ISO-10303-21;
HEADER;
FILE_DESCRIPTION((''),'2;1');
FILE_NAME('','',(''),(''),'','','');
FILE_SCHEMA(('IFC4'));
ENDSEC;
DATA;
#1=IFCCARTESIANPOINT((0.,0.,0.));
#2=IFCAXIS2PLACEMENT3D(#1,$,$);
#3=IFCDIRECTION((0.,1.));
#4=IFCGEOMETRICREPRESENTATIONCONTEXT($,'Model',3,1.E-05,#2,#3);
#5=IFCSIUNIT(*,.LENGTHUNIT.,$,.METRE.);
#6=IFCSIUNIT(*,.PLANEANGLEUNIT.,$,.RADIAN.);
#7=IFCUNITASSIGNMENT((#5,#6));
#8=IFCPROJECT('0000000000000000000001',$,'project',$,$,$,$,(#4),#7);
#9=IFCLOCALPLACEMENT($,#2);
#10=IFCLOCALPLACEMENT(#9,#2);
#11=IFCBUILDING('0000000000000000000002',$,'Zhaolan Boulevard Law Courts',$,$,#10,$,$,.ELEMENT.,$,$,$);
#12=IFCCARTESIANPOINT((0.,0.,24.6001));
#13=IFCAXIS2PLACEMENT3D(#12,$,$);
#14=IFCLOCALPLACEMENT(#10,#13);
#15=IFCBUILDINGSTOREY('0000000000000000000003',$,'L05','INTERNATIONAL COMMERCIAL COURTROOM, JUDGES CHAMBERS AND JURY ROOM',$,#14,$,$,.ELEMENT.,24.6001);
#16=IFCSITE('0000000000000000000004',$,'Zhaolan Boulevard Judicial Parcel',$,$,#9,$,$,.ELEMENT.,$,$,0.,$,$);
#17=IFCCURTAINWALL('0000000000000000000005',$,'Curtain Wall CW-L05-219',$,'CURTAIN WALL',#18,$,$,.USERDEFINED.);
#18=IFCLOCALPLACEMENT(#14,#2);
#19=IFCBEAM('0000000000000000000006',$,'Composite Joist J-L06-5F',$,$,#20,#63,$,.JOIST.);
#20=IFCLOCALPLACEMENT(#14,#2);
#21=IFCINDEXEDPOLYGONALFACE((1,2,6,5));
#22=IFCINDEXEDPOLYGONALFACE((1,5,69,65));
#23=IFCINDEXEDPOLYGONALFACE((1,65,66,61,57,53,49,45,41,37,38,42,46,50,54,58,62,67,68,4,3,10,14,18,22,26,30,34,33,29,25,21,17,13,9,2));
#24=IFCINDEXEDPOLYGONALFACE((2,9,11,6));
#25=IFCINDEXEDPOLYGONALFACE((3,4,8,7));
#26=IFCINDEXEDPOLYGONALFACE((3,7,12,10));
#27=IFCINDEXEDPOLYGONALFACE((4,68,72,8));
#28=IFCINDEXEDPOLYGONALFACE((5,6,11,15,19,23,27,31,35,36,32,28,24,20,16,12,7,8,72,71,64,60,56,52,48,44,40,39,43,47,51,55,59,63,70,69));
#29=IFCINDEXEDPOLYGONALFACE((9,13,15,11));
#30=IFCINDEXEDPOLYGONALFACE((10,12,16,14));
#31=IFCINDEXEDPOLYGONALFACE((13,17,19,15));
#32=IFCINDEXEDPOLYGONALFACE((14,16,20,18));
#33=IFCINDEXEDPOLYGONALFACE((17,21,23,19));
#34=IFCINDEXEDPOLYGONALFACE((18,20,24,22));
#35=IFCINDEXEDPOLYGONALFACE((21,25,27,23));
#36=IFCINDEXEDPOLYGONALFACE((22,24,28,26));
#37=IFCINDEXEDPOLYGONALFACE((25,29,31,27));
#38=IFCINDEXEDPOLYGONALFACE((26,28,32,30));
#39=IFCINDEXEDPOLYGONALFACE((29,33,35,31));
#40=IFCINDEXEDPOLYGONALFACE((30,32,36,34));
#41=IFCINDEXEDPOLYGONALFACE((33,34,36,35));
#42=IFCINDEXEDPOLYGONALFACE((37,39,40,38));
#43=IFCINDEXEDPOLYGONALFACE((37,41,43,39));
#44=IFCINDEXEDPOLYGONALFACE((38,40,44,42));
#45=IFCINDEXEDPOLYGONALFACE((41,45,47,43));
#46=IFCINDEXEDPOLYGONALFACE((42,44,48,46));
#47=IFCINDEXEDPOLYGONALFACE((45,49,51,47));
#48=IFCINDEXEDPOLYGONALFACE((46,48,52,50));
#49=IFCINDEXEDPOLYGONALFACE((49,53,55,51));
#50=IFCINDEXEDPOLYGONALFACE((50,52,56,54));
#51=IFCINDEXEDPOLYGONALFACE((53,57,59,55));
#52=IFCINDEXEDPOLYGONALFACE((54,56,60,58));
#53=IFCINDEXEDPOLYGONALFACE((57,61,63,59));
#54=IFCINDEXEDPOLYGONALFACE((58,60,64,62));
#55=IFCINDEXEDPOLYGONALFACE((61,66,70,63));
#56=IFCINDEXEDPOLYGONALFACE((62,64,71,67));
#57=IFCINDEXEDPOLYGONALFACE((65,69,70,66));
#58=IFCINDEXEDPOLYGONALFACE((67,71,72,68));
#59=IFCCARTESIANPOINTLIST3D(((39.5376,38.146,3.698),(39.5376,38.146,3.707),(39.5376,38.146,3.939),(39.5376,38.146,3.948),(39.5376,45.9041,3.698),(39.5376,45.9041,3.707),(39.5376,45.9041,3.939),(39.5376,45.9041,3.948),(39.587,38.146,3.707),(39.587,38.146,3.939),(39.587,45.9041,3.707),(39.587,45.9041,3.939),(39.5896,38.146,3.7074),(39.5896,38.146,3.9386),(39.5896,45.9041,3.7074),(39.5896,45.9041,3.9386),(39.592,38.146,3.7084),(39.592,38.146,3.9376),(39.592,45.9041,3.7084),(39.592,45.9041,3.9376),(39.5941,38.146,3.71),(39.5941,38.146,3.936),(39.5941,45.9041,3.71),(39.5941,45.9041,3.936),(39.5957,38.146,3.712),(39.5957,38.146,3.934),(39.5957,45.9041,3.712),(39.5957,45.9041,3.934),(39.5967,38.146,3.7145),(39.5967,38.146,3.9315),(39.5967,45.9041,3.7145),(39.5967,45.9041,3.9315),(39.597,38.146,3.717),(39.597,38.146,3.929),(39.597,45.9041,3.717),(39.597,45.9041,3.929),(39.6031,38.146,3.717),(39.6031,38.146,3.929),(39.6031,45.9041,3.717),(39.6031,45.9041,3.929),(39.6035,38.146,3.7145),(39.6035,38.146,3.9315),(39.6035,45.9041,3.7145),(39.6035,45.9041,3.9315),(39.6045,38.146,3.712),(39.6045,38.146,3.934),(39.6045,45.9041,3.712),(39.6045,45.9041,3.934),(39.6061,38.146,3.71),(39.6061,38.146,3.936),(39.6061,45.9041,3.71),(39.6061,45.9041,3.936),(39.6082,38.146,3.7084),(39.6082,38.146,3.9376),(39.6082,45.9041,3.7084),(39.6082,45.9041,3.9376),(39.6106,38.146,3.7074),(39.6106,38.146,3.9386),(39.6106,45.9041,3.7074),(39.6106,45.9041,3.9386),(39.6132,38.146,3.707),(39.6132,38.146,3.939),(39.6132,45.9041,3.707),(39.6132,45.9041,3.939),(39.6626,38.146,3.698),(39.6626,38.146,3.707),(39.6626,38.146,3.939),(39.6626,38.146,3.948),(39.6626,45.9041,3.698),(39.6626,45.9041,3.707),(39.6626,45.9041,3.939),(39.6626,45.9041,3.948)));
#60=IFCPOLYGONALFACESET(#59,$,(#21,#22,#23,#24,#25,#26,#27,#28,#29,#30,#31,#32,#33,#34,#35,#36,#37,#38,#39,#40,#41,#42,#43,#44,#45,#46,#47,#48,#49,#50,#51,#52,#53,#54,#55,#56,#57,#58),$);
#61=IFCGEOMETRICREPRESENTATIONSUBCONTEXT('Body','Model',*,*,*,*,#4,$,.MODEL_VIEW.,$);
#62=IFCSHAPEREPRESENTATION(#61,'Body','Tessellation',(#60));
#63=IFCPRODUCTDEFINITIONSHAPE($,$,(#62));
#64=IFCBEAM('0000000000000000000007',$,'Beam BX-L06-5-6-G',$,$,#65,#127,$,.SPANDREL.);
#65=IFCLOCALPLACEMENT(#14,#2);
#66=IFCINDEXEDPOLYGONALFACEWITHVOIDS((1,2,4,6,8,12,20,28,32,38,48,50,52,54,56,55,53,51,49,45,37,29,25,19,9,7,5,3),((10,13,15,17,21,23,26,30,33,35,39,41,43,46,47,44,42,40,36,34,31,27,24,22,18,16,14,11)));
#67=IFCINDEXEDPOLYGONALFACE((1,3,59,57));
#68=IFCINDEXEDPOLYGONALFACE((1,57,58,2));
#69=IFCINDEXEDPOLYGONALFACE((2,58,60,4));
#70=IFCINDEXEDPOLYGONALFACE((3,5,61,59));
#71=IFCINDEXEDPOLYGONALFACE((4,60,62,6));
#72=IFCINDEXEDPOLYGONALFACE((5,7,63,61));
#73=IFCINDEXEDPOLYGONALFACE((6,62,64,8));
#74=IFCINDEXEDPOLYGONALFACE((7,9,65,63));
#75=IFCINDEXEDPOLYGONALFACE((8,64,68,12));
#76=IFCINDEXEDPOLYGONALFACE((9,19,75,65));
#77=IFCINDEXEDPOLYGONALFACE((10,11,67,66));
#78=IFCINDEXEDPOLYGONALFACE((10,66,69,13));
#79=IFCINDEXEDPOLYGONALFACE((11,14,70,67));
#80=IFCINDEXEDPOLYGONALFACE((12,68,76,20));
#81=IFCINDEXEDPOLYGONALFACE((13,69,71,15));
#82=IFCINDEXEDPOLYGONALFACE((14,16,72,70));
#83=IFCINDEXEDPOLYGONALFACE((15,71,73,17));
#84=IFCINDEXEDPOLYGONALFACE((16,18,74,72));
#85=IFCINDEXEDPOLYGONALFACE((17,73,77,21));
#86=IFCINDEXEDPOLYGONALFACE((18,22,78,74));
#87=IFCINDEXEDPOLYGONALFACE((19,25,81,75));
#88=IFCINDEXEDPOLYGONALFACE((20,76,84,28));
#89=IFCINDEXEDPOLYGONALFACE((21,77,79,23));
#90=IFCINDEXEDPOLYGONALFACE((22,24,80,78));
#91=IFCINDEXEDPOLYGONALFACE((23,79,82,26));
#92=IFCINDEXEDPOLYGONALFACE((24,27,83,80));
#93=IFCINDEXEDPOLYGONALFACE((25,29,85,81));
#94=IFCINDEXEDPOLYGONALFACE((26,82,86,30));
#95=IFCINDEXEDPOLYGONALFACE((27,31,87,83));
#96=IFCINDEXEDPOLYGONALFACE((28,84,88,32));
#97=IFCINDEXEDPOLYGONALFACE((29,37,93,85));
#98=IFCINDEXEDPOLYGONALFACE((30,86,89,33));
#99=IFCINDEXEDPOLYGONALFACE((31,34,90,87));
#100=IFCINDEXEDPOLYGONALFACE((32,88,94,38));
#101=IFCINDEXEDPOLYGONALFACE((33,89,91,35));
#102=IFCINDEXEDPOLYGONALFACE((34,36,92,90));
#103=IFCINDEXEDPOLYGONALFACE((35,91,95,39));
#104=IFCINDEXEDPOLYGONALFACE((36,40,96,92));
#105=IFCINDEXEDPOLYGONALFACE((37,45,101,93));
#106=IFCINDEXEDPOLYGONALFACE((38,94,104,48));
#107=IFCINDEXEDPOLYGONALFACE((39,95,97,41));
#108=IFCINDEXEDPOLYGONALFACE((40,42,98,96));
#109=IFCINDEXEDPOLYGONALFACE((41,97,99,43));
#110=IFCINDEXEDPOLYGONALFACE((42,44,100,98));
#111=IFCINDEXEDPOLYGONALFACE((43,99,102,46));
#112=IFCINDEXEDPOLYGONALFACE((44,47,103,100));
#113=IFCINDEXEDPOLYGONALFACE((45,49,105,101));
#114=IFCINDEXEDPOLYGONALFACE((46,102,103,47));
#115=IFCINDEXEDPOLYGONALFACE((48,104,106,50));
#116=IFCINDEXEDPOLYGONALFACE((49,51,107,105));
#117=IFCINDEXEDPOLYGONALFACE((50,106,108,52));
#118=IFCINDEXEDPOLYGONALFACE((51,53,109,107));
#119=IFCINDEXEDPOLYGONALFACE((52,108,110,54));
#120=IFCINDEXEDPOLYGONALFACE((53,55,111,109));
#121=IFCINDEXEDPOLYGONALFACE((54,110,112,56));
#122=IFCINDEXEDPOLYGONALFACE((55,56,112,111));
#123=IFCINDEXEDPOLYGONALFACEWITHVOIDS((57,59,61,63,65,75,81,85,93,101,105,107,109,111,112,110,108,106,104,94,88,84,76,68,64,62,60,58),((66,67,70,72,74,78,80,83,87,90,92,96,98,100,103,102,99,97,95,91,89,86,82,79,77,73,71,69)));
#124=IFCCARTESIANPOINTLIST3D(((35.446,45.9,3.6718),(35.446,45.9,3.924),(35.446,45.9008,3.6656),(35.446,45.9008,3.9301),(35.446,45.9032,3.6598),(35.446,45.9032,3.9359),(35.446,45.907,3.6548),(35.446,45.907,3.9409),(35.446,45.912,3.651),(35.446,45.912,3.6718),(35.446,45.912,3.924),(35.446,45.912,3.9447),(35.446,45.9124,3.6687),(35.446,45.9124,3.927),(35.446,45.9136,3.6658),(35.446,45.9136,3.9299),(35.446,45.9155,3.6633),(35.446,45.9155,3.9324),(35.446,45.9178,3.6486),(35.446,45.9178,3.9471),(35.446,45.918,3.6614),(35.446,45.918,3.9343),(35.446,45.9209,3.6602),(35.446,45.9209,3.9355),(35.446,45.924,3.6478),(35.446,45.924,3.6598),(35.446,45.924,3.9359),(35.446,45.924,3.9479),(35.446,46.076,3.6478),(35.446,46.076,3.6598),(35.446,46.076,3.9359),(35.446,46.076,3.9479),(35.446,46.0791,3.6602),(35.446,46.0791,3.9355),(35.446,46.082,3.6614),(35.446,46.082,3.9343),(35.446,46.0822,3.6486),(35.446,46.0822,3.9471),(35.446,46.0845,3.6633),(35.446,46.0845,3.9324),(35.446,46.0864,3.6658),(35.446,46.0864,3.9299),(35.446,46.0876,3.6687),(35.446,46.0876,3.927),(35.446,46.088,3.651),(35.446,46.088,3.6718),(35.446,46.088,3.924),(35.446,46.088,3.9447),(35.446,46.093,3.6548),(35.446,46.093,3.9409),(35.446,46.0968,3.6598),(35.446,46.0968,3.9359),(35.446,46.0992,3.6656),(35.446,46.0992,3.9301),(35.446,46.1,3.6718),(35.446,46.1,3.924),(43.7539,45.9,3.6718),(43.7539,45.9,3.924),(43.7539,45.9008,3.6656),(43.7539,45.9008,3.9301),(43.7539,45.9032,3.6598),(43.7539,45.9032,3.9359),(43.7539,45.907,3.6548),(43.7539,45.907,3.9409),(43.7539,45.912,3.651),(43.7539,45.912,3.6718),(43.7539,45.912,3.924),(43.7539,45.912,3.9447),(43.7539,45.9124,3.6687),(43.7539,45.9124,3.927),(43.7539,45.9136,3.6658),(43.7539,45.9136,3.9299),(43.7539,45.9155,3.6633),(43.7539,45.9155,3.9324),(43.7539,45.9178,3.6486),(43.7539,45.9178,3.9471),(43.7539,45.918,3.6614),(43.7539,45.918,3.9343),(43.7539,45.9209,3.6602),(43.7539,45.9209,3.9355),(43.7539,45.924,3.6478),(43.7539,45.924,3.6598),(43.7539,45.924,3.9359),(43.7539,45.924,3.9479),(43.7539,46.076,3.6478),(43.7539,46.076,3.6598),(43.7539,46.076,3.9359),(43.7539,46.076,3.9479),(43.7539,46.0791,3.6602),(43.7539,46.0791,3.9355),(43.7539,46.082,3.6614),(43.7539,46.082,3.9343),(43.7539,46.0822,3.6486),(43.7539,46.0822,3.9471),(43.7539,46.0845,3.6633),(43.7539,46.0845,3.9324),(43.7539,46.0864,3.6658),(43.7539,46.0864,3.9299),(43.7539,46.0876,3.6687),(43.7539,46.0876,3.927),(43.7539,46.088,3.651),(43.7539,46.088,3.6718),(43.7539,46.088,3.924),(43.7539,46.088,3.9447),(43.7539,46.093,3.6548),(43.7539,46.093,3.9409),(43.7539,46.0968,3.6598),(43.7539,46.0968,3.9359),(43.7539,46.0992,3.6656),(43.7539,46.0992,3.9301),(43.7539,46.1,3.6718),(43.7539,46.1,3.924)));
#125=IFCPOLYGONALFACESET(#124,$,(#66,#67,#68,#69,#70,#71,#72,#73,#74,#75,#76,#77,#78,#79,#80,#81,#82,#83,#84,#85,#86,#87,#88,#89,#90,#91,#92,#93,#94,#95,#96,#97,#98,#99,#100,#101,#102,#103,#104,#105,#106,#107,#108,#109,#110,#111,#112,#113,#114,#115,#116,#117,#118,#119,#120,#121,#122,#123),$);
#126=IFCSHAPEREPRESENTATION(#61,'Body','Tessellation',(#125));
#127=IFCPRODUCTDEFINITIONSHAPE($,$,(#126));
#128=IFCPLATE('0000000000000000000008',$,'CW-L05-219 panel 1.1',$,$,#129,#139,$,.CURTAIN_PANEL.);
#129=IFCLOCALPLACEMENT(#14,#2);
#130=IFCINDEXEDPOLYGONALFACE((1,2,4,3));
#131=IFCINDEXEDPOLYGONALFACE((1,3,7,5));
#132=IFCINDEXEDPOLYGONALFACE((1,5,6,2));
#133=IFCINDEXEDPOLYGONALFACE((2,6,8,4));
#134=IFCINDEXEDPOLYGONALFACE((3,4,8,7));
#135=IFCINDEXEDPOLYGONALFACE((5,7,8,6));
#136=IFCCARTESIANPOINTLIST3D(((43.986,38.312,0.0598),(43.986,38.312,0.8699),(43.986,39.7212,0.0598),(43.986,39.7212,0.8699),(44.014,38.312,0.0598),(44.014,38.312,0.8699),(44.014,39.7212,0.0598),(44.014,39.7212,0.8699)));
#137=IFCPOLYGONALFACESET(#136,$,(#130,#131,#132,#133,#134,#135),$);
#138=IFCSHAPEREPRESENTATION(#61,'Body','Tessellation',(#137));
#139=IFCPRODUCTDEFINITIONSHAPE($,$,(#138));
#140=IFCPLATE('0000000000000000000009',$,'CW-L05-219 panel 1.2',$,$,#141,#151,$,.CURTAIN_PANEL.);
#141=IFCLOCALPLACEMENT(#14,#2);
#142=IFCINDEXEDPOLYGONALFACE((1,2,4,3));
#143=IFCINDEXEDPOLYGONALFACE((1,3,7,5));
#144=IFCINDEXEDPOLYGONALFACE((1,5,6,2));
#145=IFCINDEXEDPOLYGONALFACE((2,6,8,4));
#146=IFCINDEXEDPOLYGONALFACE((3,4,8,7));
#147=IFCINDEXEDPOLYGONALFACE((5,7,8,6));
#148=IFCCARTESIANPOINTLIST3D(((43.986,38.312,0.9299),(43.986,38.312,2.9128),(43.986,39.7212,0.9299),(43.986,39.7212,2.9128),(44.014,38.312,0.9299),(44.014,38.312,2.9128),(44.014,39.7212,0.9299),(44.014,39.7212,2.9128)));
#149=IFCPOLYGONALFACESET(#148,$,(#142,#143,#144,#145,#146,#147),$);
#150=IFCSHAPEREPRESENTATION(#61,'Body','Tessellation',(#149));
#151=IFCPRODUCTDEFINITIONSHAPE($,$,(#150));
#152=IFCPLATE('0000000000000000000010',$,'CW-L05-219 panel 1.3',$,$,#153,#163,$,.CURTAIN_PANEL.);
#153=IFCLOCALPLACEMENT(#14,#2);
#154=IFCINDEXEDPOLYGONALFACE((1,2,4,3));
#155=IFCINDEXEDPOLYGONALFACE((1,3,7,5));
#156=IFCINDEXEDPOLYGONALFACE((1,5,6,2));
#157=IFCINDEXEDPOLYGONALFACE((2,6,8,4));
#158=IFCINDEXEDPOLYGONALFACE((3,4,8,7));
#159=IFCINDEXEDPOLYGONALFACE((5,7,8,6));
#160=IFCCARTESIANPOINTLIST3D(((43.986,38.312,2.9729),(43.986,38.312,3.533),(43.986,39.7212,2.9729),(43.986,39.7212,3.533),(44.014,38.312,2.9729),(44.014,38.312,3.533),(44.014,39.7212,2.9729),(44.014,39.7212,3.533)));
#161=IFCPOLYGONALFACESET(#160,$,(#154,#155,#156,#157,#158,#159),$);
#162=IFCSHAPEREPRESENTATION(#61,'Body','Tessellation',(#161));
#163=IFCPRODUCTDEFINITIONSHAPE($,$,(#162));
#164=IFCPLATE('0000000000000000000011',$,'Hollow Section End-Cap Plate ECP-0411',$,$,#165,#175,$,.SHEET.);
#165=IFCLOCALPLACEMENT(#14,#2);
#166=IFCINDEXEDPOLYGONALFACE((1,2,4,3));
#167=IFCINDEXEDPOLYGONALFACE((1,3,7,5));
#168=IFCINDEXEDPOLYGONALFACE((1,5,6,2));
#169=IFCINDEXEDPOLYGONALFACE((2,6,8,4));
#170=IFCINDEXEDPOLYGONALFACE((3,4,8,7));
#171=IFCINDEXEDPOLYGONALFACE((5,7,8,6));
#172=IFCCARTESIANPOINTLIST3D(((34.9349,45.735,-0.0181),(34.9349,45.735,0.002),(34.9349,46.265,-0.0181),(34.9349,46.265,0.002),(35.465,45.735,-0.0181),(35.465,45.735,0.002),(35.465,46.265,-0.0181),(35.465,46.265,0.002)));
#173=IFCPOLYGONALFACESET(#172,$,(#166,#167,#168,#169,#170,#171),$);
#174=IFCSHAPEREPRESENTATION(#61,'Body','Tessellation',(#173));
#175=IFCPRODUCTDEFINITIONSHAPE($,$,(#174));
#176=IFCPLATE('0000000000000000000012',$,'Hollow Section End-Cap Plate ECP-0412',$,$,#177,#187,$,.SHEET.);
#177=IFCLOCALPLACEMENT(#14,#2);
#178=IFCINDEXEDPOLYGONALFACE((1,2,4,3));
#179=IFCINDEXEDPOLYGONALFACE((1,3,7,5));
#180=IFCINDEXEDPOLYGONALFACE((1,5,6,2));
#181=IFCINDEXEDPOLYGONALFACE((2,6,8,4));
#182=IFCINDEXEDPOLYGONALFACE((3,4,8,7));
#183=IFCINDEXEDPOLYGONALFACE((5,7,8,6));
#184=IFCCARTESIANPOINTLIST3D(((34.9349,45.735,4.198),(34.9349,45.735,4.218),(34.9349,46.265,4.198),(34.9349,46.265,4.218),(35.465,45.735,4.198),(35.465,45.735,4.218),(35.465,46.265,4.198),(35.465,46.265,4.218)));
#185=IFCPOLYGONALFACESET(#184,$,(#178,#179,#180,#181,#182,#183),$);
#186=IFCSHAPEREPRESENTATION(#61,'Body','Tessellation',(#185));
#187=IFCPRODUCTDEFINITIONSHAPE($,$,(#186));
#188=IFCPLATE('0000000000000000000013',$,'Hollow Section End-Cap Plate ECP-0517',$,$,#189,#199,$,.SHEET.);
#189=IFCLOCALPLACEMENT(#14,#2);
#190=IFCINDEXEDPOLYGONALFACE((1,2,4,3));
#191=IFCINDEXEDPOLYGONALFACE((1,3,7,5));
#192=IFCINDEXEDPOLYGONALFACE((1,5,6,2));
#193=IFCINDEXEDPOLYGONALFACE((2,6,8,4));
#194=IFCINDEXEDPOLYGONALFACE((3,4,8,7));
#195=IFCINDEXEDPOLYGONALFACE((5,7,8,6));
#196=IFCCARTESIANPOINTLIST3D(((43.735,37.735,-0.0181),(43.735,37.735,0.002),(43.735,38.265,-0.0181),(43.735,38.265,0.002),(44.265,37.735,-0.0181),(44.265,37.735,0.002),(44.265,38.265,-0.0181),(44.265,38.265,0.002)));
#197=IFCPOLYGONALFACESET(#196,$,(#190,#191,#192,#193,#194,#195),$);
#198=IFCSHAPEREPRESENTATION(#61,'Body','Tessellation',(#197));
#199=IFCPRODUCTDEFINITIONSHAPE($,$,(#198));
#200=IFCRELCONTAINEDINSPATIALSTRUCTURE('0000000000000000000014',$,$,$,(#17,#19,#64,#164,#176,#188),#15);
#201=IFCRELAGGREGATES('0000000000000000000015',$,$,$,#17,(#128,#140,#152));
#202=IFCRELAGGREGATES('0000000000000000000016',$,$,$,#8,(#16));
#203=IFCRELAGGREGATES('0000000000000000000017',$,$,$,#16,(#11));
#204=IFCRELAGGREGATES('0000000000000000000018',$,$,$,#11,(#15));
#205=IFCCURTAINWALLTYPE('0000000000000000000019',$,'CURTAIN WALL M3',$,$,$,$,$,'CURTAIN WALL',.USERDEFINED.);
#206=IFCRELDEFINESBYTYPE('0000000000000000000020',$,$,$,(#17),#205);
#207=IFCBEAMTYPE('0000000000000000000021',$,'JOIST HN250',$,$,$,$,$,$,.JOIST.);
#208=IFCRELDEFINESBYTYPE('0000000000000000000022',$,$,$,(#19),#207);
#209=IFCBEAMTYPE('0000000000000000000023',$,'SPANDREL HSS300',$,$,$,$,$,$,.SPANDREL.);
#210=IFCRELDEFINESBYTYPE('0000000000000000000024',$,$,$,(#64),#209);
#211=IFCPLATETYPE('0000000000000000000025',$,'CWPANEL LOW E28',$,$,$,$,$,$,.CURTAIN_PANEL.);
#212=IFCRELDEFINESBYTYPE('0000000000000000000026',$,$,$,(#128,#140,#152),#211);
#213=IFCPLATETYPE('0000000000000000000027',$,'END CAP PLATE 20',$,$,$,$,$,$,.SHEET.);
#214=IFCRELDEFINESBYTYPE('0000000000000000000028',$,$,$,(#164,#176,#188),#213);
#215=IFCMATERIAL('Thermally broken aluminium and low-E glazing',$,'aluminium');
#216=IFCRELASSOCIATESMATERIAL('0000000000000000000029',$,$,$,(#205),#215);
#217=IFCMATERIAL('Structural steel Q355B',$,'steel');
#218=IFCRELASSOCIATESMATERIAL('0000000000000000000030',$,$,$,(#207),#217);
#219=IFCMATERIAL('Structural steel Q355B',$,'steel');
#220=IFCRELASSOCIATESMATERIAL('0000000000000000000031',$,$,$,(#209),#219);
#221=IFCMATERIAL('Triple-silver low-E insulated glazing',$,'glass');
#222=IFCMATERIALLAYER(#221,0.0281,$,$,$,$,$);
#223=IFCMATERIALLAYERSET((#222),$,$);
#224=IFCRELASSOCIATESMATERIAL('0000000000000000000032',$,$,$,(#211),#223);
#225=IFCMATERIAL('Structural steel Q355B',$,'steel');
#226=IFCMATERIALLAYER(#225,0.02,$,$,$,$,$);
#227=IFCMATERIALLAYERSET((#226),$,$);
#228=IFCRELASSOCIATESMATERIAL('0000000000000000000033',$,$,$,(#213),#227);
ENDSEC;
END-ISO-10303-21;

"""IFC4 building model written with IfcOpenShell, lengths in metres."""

from ifc_helpers import new_model, si_unit, direction, frame, origin, origin_2d, place, context, subcontext, project, spatial, rectangle, hollow_rectangle, i_section, extrude, material, layer, layer_set, material_profile, profile_set, type_object, element, aggregate, save


model = new_model("IFC4")

# Units and contexts
model_context = context("Model", 3, precision=1e-05, world=origin(), true_north=direction((0.0, 1.0)))
body_context = subcontext(model_context, "Body", "Model", "MODEL_VIEW")
ifc_project = project(units=[si_unit("LENGTHUNIT", "METRE"), si_unit("PLANEANGLEUNIT", "RADIAN")], contexts=[model_context])

# Site, building, storey
site_placement = place(None, origin())
site = spatial("IfcSite", under=ifc_project, at=site_placement, Name="Zhaolan Boulevard Judicial Parcel", CompositionType="ELEMENT", RefElevation=0.0)
building_placement = place(site_placement, origin())
building = spatial("IfcBuilding", under=site, at=building_placement, Name="Zhaolan Boulevard Law Courts", CompositionType="ELEMENT")
storey_placement = place(building_placement, frame((0.0, 0.0, 24.6001)))
storey = spatial("IfcBuildingStorey", under=building, at=storey_placement, Name="L05", Description="INTERNATIONAL COMMERCIAL COURTROOM, JUDGES CHAMBERS AND JURY ROOM", CompositionType="ELEMENT", Elevation=24.6001)

# Curtain wall
ifc_material_1 = material(Name="Thermally broken aluminium and low-E glazing", Category="aluminium")
curtain_wall_type = type_object("IfcCurtainWallType", Name="CURTAIN WALL M3", ElementType="CURTAIN WALL", PredefinedType="USERDEFINED", material=ifc_material_1)
curtain_wall_placement = place(storey_placement, origin())
curtain_wall = element("IfcCurtainWall", 1, at=curtain_wall_placement, inside=storey, type_object=curtain_wall_type, Name="Curtain Wall CW-L05-219", ObjectType="CURTAIN WALL", PredefinedType="USERDEFINED")

# Beams
ifc_material_2 = material(Name="Structural steel Q355B", Category="steel")
ifc_material_profile_1 = material_profile(ifc_material_2, i_section(OverallWidth=0.125, OverallDepth=0.25, WebThickness=0.0061, FlangeThickness=0.009, FilletRadius=0.01, at=origin_2d()), Name="HN250x125")
ifc_profile_set_1 = profile_set([ifc_material_profile_1], Name="Structural steel Q355B")
beam_type_1 = type_object("IfcBeamType", Name="JOIST HN250", PredefinedType="JOIST", material=ifc_profile_set_1)
beam_1_placement = place(storey_placement, frame((39.6001, 38.146, 3.823), z_axis=(0.0, 1.0, 0.0), x_axis=(-1.0, 0.0, 0.0)))
element("IfcBeam", 2, at=beam_1_placement, inside=storey, type_object=beam_type_1, Name="Composite Joist J-L06-5F", PredefinedType="JOIST", context=body_context, shape_type="SweptSolid", body=[
    extrude(i_section(OverallWidth=0.125, OverallDepth=0.25, WebThickness=0.0061, FlangeThickness=0.009, FilletRadius=0.01, at=origin_2d()), origin(), (0.0, 0.0, 1.0), 7.7581),
])
ifc_material_3 = material(Name="Structural steel Q355B", Category="steel")
ifc_material_profile_2 = material_profile(ifc_material_3, hollow_rectangle(XDim=0.2, YDim=0.3, WallThickness=0.012, InnerFilletRadius=0.012, OuterFilletRadius=0.0239, at=origin_2d()), Name="HSS300x200x12")
ifc_profile_set_2 = profile_set([ifc_material_profile_2], Name="Structural steel Q355B")
beam_type_2 = type_object("IfcBeamType", Name="SPANDREL HSS300", PredefinedType="SPANDREL", material=ifc_profile_set_2)
beam_2_placement = place(storey_placement, frame((35.446, 46.0, 3.7979), z_axis=(1.0, 0.0, 0.0), x_axis=(0.0, 1.0, 0.0)))
element("IfcBeam", 3, at=beam_2_placement, inside=storey, type_object=beam_type_2, Name="Beam BX-L06-5-6-G", PredefinedType="SPANDREL", context=body_context, shape_type="SweptSolid", body=[
    extrude(hollow_rectangle(XDim=0.2, YDim=0.3, WallThickness=0.012, InnerFilletRadius=0.012, OuterFilletRadius=0.0239, at=origin_2d()), origin(), (0.0, 0.0, 1.0), 8.3079),
])

# Plates
ifc_material_4 = material(Name="Triple-silver low-E insulated glazing", Category="glass")
ifc_layer_1 = layer(ifc_material_4, 0.0281)
ifc_layer_set_1 = layer_set([ifc_layer_1])
plate_type_1 = type_object("IfcPlateType", Name="CWPANEL LOW E28", PredefinedType="CURTAIN_PANEL", material=ifc_layer_set_1)
plate_1_placement = place(storey_placement, frame((44.0, 39.0166, 0.0598), z_axis=(0.0, 0.0, 1.0), x_axis=(0.0, 1.0, 0.0)))
plate_1 = element("IfcPlate", 4, at=plate_1_placement, type_object=plate_type_1, Name="CW-L05-219 panel 1.1", PredefinedType="CURTAIN_PANEL", context=body_context, shape_type="SweptSolid", body=[
    extrude(rectangle(XDim=1.4092, YDim=0.0281, at=origin_2d()), origin(), (0.0, 0.0, 1.0), 0.8101),
])
plate_2_placement = place(storey_placement, frame((44.0, 39.0166, 0.9299), z_axis=(0.0, 0.0, 1.0), x_axis=(0.0, 1.0, 0.0)))
plate_2 = element("IfcPlate", 5, at=plate_2_placement, type_object=plate_type_1, Name="CW-L05-219 panel 1.2", PredefinedType="CURTAIN_PANEL", context=body_context, shape_type="SweptSolid", body=[
    extrude(rectangle(XDim=1.4092, YDim=0.0281, at=origin_2d()), origin(), (0.0, 0.0, 1.0), 1.9829),
])
plate_3_placement = place(storey_placement, frame((44.0, 39.0166, 2.9729), z_axis=(0.0, 0.0, 1.0), x_axis=(0.0, 1.0, 0.0)))
plate_3 = element("IfcPlate", 6, at=plate_3_placement, type_object=plate_type_1, Name="CW-L05-219 panel 1.3", PredefinedType="CURTAIN_PANEL", context=body_context, shape_type="SweptSolid", body=[
    extrude(rectangle(XDim=1.4092, YDim=0.0281, at=origin_2d()), origin(), (0.0, 0.0, 1.0), 0.5601),
])
aggregate(curtain_wall, [plate_1, plate_2, plate_3])

# Plates
ifc_material_5 = material(Name="Structural steel Q355B", Category="steel")
ifc_layer_2 = layer(ifc_material_5, 0.02)
ifc_layer_set_2 = layer_set([ifc_layer_2])
plate_type_2 = type_object("IfcPlateType", Name="END CAP PLATE 20", PredefinedType="SHEET", material=ifc_layer_set_2)
for number, where, z_axis, x_axis, name in (
    (7, (35.2, 46.0, -0.0181), (0.0, 0.0, 1.0), (1.0, 0.0, 0.0), "Hollow Section End-Cap Plate ECP-0411"),
    (8, (35.2, 46.0, 4.198), (0.0, 0.0, 1.0), (1.0, 0.0, 0.0), "Hollow Section End-Cap Plate ECP-0412"),
    (9, (44.0, 38.0, -0.0181), (0.0, 0.0, 1.0), (1.0, 0.0, 0.0), "Hollow Section End-Cap Plate ECP-0517"),
):
    element("IfcPlate", number, at=place(storey_placement, frame(where, z_axis=z_axis, x_axis=x_axis)), inside=storey, type_object=plate_type_2, Name=name, PredefinedType="SHEET", context=body_context, shape_type="SweptSolid", body=[
        extrude(rectangle(XDim=0.53, YDim=0.53, at=origin_2d()), origin(), (0.0, 0.0, 1.0), 0.02),
    ])

save(model, "model.ifc")
